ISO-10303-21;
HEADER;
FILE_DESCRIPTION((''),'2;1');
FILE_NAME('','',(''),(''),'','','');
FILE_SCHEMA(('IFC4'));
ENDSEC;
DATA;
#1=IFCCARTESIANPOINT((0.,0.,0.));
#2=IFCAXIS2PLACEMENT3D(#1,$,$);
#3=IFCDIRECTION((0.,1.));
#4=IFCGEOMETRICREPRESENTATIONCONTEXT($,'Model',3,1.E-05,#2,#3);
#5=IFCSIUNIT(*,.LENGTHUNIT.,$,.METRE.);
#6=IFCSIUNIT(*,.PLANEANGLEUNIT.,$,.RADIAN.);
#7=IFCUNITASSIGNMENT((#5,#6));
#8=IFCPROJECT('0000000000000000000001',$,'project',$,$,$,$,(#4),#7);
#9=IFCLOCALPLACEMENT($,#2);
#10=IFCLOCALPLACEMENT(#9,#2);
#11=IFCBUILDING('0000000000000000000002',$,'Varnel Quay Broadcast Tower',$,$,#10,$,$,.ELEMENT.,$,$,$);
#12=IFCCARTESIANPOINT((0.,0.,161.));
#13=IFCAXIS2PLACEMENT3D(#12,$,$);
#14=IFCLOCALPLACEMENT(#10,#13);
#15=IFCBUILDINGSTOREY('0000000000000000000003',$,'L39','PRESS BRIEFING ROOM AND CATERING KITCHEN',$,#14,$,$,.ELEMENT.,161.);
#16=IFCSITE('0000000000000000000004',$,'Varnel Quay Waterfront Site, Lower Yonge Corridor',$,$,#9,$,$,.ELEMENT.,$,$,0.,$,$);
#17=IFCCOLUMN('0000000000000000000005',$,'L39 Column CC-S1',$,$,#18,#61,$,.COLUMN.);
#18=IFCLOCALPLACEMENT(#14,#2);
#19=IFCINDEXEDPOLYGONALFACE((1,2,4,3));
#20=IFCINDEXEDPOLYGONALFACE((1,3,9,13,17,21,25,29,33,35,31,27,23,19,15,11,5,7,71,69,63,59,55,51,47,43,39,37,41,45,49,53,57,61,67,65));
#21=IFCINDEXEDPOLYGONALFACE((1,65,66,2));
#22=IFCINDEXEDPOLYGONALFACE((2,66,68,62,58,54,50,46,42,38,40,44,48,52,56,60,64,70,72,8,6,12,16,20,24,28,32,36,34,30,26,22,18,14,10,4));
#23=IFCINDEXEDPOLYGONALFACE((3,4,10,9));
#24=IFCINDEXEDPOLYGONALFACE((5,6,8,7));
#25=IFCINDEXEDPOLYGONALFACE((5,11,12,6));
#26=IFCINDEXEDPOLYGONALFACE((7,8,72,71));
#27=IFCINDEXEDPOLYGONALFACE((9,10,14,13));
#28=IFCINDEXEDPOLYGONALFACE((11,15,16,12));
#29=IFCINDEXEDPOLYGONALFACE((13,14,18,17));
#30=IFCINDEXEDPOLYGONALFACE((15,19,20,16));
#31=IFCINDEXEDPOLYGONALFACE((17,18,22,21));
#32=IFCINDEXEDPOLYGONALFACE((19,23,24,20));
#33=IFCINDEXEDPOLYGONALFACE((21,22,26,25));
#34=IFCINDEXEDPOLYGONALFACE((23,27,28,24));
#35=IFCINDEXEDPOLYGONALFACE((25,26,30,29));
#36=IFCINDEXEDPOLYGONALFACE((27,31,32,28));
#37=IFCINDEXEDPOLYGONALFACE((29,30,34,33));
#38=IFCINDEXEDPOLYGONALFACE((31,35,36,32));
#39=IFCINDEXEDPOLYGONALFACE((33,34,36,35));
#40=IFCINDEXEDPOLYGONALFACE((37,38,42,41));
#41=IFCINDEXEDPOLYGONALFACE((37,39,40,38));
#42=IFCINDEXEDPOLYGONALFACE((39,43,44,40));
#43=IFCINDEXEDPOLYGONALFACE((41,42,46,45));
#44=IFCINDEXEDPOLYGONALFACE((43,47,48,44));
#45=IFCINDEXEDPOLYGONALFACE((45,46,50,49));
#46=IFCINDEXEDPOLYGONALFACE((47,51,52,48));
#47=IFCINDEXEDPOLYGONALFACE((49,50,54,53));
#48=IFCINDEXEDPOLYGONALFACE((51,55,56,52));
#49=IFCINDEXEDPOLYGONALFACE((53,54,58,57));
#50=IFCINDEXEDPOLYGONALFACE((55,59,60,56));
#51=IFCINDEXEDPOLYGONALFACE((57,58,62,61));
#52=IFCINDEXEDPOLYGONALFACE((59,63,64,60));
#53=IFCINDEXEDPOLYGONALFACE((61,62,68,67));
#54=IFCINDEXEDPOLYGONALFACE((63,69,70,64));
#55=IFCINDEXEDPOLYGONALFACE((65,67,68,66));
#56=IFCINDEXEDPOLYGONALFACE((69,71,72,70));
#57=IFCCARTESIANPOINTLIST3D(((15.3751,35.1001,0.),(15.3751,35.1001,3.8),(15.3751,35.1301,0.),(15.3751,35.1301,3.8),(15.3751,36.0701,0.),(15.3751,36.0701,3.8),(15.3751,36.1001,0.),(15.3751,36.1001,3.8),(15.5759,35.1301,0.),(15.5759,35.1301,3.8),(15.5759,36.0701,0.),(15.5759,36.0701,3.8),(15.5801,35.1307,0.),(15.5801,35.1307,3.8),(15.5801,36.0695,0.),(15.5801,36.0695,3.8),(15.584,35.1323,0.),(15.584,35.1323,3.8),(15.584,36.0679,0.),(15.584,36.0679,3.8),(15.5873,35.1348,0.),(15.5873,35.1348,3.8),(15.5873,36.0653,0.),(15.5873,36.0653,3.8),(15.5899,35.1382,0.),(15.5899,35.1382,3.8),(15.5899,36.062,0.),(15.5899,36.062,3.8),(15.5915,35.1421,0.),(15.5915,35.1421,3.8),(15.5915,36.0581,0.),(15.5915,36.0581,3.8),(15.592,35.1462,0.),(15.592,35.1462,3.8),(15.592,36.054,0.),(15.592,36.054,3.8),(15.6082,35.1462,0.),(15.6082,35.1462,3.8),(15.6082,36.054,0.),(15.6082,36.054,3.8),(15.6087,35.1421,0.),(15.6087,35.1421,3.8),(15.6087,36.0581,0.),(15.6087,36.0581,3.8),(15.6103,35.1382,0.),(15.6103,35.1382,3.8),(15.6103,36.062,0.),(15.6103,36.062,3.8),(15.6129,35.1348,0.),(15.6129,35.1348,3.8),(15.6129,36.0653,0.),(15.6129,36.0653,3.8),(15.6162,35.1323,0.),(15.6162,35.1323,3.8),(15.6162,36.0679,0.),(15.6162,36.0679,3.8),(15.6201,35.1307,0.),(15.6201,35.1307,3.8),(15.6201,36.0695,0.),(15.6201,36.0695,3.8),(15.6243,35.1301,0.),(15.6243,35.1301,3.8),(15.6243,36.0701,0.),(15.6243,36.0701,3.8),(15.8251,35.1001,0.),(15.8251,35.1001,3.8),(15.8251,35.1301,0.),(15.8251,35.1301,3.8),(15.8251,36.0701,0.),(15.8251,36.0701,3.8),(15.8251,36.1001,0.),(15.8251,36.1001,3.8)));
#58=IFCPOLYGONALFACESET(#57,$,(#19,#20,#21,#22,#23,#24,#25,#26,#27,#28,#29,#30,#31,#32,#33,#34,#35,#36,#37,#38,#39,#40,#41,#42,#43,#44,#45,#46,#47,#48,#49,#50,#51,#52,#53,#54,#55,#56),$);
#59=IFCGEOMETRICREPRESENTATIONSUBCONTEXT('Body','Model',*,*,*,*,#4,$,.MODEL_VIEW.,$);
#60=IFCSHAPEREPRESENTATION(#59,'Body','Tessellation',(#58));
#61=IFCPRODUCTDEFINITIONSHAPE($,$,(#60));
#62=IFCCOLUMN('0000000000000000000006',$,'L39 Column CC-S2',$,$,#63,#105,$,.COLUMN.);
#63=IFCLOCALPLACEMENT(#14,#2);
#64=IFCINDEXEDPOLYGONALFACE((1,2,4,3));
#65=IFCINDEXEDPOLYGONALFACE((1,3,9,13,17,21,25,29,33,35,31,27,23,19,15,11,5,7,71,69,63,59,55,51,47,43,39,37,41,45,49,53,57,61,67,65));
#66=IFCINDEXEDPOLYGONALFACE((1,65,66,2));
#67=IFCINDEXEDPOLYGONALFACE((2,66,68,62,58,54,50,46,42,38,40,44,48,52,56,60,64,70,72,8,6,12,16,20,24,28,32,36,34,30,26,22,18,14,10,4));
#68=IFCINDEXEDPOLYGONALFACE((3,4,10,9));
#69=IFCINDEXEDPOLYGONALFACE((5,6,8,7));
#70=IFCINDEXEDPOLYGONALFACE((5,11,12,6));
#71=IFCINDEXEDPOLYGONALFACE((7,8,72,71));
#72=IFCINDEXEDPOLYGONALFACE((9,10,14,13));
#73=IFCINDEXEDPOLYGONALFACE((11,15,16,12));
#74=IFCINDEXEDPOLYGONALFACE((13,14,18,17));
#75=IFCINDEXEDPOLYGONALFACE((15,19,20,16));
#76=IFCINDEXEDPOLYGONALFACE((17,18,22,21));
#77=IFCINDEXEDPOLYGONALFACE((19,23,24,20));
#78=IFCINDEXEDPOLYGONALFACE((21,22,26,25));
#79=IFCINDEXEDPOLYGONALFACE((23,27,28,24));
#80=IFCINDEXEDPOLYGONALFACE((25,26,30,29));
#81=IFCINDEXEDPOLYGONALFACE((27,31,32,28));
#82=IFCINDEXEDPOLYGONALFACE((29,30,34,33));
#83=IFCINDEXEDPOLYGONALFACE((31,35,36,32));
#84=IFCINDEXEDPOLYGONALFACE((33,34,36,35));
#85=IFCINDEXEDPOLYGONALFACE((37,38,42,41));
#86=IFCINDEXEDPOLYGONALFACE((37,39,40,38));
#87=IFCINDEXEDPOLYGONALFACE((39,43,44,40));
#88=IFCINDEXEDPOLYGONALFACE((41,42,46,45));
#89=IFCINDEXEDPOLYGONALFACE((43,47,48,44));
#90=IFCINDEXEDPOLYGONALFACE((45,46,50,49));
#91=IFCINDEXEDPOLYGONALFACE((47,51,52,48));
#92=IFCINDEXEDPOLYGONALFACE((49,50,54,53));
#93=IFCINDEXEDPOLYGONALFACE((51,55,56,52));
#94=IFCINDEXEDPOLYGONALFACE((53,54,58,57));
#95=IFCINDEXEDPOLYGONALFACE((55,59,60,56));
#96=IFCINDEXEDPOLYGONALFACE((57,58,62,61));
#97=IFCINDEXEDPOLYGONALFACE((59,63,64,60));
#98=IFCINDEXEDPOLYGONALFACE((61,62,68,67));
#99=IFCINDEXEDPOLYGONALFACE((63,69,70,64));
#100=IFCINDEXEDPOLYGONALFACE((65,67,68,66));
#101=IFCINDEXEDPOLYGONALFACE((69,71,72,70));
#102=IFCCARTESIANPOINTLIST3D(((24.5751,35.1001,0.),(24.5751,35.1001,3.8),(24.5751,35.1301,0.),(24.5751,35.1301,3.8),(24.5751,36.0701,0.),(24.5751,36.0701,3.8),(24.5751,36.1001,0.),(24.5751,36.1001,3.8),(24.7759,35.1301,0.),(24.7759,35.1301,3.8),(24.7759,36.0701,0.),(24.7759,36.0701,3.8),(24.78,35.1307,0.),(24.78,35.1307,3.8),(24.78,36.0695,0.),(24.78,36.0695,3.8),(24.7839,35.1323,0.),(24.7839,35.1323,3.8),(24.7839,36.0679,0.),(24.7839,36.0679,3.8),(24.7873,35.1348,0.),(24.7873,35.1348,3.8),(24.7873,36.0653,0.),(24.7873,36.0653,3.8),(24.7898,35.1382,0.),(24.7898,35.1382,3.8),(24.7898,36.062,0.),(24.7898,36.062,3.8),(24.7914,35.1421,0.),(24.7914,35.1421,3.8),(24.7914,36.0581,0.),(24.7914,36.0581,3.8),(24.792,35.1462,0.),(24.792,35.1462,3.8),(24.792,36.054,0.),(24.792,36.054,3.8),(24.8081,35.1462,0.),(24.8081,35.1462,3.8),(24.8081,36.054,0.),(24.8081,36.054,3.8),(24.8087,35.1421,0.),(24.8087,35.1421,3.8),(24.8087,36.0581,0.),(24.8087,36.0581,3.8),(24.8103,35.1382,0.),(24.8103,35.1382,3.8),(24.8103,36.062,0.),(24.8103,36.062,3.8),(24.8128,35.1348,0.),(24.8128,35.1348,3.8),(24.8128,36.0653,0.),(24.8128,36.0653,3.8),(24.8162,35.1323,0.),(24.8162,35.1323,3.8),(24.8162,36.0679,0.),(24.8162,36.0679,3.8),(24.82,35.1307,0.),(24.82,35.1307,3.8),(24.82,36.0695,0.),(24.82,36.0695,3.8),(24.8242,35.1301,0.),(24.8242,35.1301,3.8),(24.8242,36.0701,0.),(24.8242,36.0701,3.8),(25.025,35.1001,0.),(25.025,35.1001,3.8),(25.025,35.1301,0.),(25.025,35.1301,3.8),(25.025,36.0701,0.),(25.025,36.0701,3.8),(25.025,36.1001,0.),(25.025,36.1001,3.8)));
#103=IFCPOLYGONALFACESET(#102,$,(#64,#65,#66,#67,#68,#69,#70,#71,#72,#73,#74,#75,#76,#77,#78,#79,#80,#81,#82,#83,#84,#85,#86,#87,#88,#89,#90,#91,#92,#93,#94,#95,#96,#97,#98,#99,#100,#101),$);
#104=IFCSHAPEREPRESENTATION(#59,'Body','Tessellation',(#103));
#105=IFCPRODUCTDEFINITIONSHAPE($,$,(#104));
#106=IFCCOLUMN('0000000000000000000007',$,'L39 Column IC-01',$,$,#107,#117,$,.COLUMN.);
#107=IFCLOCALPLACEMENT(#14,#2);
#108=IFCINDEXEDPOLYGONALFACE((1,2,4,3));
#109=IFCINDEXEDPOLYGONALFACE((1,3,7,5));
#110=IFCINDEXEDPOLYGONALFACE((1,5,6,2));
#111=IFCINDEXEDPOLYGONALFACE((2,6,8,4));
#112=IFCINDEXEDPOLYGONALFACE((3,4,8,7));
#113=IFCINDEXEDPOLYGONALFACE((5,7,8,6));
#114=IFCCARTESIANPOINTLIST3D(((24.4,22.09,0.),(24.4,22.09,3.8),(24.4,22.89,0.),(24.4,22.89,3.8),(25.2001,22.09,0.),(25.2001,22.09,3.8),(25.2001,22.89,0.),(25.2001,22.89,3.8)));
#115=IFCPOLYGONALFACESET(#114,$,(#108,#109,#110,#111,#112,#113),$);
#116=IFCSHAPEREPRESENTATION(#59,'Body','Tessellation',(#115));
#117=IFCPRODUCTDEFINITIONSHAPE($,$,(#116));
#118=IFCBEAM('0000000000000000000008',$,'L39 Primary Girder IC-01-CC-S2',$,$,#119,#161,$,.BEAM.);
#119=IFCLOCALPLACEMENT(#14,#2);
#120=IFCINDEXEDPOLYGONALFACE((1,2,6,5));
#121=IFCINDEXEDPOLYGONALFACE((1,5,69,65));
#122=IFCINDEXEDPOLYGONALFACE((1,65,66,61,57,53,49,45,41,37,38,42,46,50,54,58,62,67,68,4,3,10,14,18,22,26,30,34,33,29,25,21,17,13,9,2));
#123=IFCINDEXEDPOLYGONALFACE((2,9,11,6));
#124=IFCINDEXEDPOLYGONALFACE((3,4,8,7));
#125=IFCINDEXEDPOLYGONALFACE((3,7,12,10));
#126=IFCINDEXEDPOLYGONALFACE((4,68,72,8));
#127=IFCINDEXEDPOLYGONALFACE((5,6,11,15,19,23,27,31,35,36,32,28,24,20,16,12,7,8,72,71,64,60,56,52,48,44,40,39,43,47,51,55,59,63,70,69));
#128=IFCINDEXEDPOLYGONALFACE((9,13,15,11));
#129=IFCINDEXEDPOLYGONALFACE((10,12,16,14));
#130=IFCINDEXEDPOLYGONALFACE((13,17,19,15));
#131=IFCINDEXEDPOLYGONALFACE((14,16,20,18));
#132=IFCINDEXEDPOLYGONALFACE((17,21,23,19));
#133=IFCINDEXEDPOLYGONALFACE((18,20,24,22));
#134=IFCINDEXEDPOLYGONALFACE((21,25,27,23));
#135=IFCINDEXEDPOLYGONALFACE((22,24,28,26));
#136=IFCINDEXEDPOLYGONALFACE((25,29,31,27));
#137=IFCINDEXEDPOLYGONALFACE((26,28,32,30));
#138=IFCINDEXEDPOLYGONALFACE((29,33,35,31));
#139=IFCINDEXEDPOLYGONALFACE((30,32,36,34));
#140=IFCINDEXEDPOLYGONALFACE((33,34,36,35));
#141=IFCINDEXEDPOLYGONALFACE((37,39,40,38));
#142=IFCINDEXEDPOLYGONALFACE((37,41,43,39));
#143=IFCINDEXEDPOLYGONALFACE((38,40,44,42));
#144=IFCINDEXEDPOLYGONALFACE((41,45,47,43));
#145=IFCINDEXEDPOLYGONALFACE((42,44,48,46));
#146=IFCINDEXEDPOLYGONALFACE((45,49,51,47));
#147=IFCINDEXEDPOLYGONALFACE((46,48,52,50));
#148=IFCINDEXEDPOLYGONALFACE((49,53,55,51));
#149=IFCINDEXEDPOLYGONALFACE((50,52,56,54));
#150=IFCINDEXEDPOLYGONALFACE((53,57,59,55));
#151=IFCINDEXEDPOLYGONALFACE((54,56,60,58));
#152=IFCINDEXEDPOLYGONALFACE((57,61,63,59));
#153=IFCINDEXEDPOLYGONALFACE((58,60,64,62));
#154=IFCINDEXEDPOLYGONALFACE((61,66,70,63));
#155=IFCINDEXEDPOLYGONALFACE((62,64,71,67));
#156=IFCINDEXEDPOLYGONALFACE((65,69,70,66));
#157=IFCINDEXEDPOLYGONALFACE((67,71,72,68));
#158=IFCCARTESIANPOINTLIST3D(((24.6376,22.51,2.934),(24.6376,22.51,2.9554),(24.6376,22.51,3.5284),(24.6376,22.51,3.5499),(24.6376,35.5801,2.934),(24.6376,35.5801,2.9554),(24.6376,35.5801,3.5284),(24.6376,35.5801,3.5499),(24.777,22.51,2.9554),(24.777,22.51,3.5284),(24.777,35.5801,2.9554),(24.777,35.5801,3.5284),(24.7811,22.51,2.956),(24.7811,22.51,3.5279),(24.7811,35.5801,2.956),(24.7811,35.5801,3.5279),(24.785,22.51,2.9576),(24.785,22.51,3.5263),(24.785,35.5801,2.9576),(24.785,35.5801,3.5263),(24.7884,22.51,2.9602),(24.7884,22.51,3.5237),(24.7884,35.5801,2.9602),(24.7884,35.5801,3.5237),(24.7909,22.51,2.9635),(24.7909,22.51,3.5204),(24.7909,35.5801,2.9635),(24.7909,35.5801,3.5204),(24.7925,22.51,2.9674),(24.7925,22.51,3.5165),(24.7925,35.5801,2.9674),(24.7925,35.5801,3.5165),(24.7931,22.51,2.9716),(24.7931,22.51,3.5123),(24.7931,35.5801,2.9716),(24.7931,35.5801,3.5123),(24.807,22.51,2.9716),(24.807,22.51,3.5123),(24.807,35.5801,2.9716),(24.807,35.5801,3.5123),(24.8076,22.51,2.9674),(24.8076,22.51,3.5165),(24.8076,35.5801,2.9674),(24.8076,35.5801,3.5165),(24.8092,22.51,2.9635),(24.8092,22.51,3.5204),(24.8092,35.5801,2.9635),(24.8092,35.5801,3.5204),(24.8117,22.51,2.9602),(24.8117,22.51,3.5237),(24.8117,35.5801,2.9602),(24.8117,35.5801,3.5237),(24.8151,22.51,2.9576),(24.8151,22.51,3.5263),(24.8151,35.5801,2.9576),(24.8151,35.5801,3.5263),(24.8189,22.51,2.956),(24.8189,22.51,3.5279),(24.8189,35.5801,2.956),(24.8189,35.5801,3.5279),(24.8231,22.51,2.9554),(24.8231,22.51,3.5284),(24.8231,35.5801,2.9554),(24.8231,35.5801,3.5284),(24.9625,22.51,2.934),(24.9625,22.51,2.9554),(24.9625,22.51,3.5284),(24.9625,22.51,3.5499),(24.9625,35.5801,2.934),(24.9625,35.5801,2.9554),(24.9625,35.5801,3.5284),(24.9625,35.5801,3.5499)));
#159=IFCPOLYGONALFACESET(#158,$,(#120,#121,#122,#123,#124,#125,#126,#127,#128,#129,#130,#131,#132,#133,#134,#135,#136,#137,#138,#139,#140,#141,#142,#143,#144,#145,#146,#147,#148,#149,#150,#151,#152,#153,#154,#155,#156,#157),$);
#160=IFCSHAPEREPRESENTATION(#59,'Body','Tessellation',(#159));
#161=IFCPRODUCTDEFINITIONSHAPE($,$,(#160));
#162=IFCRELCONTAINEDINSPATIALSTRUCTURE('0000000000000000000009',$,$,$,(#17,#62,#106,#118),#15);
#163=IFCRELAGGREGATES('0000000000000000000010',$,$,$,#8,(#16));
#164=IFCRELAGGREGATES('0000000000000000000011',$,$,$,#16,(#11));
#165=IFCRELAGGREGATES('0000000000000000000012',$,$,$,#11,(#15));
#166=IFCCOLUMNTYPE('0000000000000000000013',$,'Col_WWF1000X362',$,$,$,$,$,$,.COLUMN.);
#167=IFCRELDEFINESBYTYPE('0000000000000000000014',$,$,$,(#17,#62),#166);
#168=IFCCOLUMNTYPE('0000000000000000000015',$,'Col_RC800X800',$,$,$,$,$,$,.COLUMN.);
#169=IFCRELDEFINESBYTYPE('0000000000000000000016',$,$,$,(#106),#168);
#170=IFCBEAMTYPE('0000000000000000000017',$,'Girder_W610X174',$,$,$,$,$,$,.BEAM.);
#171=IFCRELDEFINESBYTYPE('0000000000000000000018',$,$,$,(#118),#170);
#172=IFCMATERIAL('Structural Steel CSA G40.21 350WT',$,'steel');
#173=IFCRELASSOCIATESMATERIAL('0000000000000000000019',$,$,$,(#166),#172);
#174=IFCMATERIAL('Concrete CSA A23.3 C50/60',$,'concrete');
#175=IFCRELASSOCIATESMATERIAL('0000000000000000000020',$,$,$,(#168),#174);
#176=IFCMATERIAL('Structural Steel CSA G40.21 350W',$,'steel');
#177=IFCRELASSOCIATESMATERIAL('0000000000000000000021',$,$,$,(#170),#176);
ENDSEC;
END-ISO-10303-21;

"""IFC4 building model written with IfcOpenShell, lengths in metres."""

from ifc_helpers import new_model, si_unit, direction, frame, origin, origin_2d, place, context, subcontext, project, spatial, rectangle, i_section, extrude, source, transform, mapped, material, material_profile, profile_set, type_object, type_shapes, element, save


model = new_model("IFC4")

# Units and contexts
model_context = context("Model", 3, precision=1e-05, world=origin(), true_north=direction((0.0, 1.0)))
body_context = subcontext(model_context, "Body", "Model", "MODEL_VIEW")
ifc_project = project(units=[si_unit("LENGTHUNIT", "METRE"), si_unit("PLANEANGLEUNIT", "RADIAN")], contexts=[model_context])

# Site, building, storey
site_placement = place(None, origin())
site = spatial("IfcSite", under=ifc_project, at=site_placement, Name="Varnel Quay Waterfront Site, Lower Yonge Corridor", CompositionType="ELEMENT", RefElevation=0.0)
building_placement = place(site_placement, origin())
building = spatial("IfcBuilding", under=site, at=building_placement, Name="Varnel Quay Broadcast Tower", CompositionType="ELEMENT")
storey_placement = place(building_placement, frame((0.0, 0.0, 161.0)))
storey = spatial("IfcBuildingStorey", under=building, at=storey_placement, Name="L39", Description="PRESS BRIEFING ROOM AND CATERING KITCHEN", CompositionType="ELEMENT", Elevation=161.0)

# Columns
ifc_material_1 = material(Name="Structural Steel CSA G40.21 350WT", Category="steel")
ifc_material_profile_1 = material_profile(ifc_material_1, i_section(OverallWidth=0.45, OverallDepth=1.0, WebThickness=0.0161, FlangeThickness=0.03, FilletRadius=0.0161, at=origin_2d()), Name="WWF1000X362")
ifc_profile_set_1 = profile_set([ifc_material_profile_1], Name="Structural Steel CSA G40.21 350WT")
column_type_1 = type_object("IfcColumnType", Name="Col_WWF1000X362", PredefinedType="COLUMN", material=ifc_profile_set_1)
shared_shape_1 = source(origin(), body_context, "Body", "SweptSolid", [
    extrude(i_section(OverallWidth=0.45, OverallDepth=1.0, WebThickness=0.0161, FlangeThickness=0.03, FilletRadius=0.0161, at=origin_2d()), origin(), (0.0, 0.0, 1.0), 3.8),
])
type_shapes(column_type_1, [shared_shape_1])
for number, where, z_axis, x_axis, name in (
    (1, (15.6001, 35.6001, 0.0), (0.0, 0.0, 1.0), (1.0, 0.0, 0.0), "L39 Column CC-S1"),
    (2, (24.8, 35.6001, 0.0), (0.0, 0.0, 1.0), (1.0, 0.0, 0.0), "L39 Column CC-S2"),
):
    element("IfcColumn", number, at=place(storey_placement, frame(where, z_axis=z_axis, x_axis=x_axis)), inside=storey, type_object=column_type_1, Name=name, PredefinedType="COLUMN", context=body_context, shape_type="MappedRepresentation", body=[
        mapped(shared_shape_1, transform((0.0, 0.0, 0.0), x_axis=(1.0, 0.0, 0.0), y_axis=(0.0, 1.0, 0.0), z_axis=(0.0, 0.0, 1.0), scale=1.0)),
    ])
ifc_material_2 = material(Name="Concrete CSA A23.3 C50/60", Category="concrete")
ifc_material_profile_2 = material_profile(ifc_material_2, rectangle(XDim=0.8, YDim=0.8, at=origin_2d()), Name="RC800X800")
ifc_profile_set_2 = profile_set([ifc_material_profile_2], Name="Concrete CSA A23.3 C50/60")
column_type_2 = type_object("IfcColumnType", Name="Col_RC800X800", PredefinedType="COLUMN", material=ifc_profile_set_2)
shared_shape_2 = source(origin(), body_context, "Body", "SweptSolid", [
    extrude(rectangle(XDim=0.8, YDim=0.8, at=origin_2d()), origin(), (0.0, 0.0, 1.0), 3.8),
])
type_shapes(column_type_2, [shared_shape_2])
column_placement = place(storey_placement, frame((24.8, 22.49, 0.0), z_axis=(0.0, 0.0, 1.0), x_axis=(1.0, 0.0, 0.0)))
element("IfcColumn", 3, at=column_placement, inside=storey, type_object=column_type_2, Name="L39 Column IC-01", PredefinedType="COLUMN", context=body_context, shape_type="MappedRepresentation", body=[
    mapped(shared_shape_2, transform((0.0, 0.0, 0.0), x_axis=(1.0, 0.0, 0.0), y_axis=(0.0, 1.0, 0.0), z_axis=(0.0, 0.0, 1.0), scale=1.0)),
])

# Beam
ifc_material_3 = material(Name="Structural Steel CSA G40.21 350W", Category="steel")
ifc_material_profile_3 = material_profile(ifc_material_3, i_section(OverallWidth=0.325, OverallDepth=0.616, WebThickness=0.0139, FlangeThickness=0.0215, FilletRadius=0.0161, at=origin_2d()), Name="W610X174")
ifc_profile_set_3 = profile_set([ifc_material_profile_3], Name="Structural Steel CSA G40.21 350W")
beam_type_1 = type_object("IfcBeamType", Name="Girder_W610X174", PredefinedType="BEAM", material=ifc_profile_set_3)
shared_shape_3 = source(origin(), body_context, "Body", "SweptSolid", [
    extrude(i_section(OverallWidth=0.325, OverallDepth=0.616, WebThickness=0.0139, FlangeThickness=0.0215, FilletRadius=0.0161, at=origin_2d()), origin(), (0.0, 0.0, 1.0), 13.0701),
])
beam_1_placement = place(storey_placement, frame((24.8, 22.51, 3.2419), z_axis=(0.0, 1.0, 0.0), x_axis=(-1.0, 0.0, 0.0)))
element("IfcBeam", 4, at=beam_1_placement, inside=storey, type_object=beam_type_1, Name="L39 Primary Girder IC-01-CC-S2", PredefinedType="BEAM", context=body_context, shape_type="MappedRepresentation", body=[
    mapped(shared_shape_3, transform((0.0, 0.0, 0.0), x_axis=(1.0, 0.0, 0.0), y_axis=(0.0, 1.0, 0.0), z_axis=(0.0, 0.0, 1.0), scale=1.0)),
])

save(model, "model.ifc")
